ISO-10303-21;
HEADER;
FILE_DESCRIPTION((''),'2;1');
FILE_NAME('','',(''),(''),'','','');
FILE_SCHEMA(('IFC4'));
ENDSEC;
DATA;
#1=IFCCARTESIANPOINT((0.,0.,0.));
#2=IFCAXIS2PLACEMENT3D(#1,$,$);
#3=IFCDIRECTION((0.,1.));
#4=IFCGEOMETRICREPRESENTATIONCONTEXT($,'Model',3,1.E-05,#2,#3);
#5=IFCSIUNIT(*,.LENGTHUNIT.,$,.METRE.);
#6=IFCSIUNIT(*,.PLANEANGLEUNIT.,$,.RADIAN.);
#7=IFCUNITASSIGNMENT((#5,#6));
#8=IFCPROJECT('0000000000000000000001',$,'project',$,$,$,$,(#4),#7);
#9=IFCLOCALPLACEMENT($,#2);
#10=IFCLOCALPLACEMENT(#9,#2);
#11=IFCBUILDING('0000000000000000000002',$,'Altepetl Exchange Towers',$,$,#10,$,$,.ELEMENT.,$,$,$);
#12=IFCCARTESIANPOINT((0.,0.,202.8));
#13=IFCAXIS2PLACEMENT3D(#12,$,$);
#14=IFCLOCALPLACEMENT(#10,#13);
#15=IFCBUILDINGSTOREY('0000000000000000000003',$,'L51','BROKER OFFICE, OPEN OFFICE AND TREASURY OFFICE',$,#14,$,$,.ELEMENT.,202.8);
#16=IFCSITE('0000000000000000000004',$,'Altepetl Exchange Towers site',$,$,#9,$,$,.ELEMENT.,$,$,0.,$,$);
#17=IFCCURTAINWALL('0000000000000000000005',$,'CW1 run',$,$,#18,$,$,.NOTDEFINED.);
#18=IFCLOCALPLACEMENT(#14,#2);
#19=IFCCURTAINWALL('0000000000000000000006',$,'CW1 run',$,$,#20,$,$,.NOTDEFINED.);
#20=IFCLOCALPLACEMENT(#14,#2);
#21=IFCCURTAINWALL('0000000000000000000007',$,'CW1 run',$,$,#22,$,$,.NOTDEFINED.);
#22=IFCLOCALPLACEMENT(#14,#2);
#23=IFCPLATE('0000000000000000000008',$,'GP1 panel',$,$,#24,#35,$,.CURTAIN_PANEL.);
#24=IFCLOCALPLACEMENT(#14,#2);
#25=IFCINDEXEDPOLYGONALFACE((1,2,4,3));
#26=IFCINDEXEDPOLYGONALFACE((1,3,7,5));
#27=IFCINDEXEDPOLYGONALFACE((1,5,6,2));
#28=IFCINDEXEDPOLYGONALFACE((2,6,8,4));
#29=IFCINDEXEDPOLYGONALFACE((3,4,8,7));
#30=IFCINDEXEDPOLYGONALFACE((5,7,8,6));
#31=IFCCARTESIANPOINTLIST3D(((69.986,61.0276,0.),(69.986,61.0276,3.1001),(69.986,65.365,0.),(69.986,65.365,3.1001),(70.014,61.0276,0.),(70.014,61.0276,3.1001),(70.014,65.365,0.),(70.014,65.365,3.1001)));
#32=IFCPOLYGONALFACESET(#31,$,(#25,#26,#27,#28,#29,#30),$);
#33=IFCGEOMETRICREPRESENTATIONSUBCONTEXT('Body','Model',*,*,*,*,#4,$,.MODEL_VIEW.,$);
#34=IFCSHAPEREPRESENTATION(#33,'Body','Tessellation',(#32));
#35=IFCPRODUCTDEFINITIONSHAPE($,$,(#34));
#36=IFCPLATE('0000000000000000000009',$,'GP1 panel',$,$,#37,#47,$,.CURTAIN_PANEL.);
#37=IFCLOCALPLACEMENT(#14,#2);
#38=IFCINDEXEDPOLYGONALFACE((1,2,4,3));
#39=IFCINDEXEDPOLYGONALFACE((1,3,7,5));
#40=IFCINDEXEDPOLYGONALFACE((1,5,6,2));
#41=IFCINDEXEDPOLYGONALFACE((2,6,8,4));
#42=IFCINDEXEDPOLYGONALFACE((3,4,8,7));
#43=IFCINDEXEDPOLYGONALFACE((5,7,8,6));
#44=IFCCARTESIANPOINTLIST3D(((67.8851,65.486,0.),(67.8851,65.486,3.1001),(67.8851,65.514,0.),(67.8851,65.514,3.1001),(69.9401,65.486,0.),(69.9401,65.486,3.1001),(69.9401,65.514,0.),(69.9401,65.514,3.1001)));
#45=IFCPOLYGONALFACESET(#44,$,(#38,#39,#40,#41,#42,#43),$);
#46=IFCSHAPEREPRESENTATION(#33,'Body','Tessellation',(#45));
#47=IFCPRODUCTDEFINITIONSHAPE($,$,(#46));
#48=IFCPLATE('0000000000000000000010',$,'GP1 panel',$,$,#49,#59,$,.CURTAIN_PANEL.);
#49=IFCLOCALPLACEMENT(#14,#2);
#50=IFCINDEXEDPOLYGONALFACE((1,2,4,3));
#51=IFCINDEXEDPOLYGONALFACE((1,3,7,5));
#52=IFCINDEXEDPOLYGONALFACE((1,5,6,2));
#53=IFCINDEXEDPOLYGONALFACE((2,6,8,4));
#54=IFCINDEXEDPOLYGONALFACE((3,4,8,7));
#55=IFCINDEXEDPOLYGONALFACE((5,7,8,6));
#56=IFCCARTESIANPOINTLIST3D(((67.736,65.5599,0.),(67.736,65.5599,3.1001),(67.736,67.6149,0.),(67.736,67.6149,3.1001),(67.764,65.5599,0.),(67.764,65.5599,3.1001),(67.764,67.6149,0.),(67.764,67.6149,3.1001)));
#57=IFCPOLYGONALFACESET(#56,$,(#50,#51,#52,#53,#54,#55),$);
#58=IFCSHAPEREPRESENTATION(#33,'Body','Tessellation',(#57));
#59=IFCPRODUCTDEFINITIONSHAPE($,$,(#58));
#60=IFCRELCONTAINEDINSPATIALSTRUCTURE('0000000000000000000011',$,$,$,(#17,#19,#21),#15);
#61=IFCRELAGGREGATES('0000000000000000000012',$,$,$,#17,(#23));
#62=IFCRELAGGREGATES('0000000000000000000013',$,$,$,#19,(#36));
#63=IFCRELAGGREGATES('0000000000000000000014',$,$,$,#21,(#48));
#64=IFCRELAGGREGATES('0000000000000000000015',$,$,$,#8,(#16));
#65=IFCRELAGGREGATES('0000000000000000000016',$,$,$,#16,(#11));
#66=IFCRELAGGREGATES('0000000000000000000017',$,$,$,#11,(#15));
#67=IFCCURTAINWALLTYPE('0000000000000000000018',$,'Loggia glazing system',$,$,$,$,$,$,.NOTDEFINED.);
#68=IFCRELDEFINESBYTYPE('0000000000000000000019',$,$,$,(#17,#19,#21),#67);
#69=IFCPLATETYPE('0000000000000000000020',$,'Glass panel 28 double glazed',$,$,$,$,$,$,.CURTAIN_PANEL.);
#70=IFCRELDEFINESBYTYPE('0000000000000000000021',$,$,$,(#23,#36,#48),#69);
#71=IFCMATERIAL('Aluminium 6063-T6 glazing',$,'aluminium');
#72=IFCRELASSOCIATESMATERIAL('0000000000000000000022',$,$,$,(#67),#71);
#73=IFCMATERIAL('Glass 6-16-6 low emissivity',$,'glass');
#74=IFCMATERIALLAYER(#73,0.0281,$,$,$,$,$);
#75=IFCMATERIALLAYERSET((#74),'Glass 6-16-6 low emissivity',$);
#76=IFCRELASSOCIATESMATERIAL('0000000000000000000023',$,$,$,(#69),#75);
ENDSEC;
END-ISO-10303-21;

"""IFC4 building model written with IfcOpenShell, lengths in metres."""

from ifc_helpers import new_model, si_unit, direction, frame, origin, origin_2d, place, context, subcontext, project, spatial, rectangle, extrude, material, layer, layer_set, type_object, element, aggregate, save


model = new_model("IFC4")

# Units and contexts
model_context = context("Model", 3, precision=1e-05, world=origin(), true_north=direction((0.0, 1.0)))
body_context = subcontext(model_context, "Body", "Model", "MODEL_VIEW")
ifc_project = project(units=[si_unit("LENGTHUNIT", "METRE"), si_unit("PLANEANGLEUNIT", "RADIAN")], contexts=[model_context])

# Site, building, storey
site_placement = place(None, origin())
site = spatial("IfcSite", under=ifc_project, at=site_placement, Name="Altepetl Exchange Towers site", CompositionType="ELEMENT", RefElevation=0.0)
building_placement = place(site_placement, origin())
building = spatial("IfcBuilding", under=site, at=building_placement, Name="Altepetl Exchange Towers", CompositionType="ELEMENT")
storey_placement = place(building_placement, frame((0.0, 0.0, 202.8)))
storey = spatial("IfcBuildingStorey", under=building, at=storey_placement, Name="L51", Description="BROKER OFFICE, OPEN OFFICE AND TREASURY OFFICE", CompositionType="ELEMENT", Elevation=202.8)

# Curtain walls
ifc_material_1 = material(Name="Aluminium 6063-T6 glazing", Category="aluminium")
curtain_wall_type = type_object("IfcCurtainWallType", Name="Loggia glazing system", PredefinedType="NOTDEFINED", material=ifc_material_1)
curtain_wall_1_placement = place(storey_placement, origin())
curtain_wall_1 = element("IfcCurtainWall", 1, at=curtain_wall_1_placement, inside=storey, type_object=curtain_wall_type, Name="CW1 run", PredefinedType="NOTDEFINED")
curtain_wall_2_placement = place(storey_placement, origin())
curtain_wall_2 = element("IfcCurtainWall", 2, at=curtain_wall_2_placement, inside=storey, type_object=curtain_wall_type, Name="CW1 run", PredefinedType="NOTDEFINED")
curtain_wall_3_placement = place(storey_placement, origin())
curtain_wall_3 = element("IfcCurtainWall", 3, at=curtain_wall_3_placement, inside=storey, type_object=curtain_wall_type, Name="CW1 run", PredefinedType="NOTDEFINED")

# Plates
ifc_material_2 = material(Name="Glass 6-16-6 low emissivity", Category="glass")
ifc_layer = layer(ifc_material_2, 0.0281)
ifc_layer_set = layer_set([ifc_layer], Name="Glass 6-16-6 low emissivity")
plate_type = type_object("IfcPlateType", Name="Glass panel 28 double glazed", PredefinedType="CURTAIN_PANEL", material=ifc_layer_set)
plate_1_placement = place(storey_placement, frame((70.0, 63.1963, 0.0), z_axis=(0.0, 0.0, 1.0), x_axis=(0.0, 1.0, 0.0)))
plate_1 = element("IfcPlate", 4, at=plate_1_placement, type_object=plate_type, Name="GP1 panel", PredefinedType="CURTAIN_PANEL", context=body_context, shape_type="SweptSolid", body=[
    extrude(rectangle(XDim=4.3374, YDim=0.0281, at=origin_2d()), origin(), (0.0, 0.0, 1.0), 3.1001),
])
aggregate(curtain_wall_1, [plate_1])
plate_2_placement = place(storey_placement, frame((68.9126, 65.5, 0.0), z_axis=(0.0, 0.0, 1.0), x_axis=(-1.0, 0.0, 0.0)))
plate_2 = element("IfcPlate", 5, at=plate_2_placement, type_object=plate_type, Name="GP1 panel", PredefinedType="CURTAIN_PANEL", context=body_context, shape_type="SweptSolid", body=[
    extrude(rectangle(XDim=2.0549, YDim=0.0281, at=origin_2d()), origin(), (0.0, 0.0, 1.0), 3.1001),
])
aggregate(curtain_wall_2, [plate_2])
plate_3_placement = place(storey_placement, frame((67.75, 66.5874, 0.0), z_axis=(0.0, 0.0, 1.0), x_axis=(0.0, 1.0, 0.0)))
plate_3 = element("IfcPlate", 6, at=plate_3_placement, type_object=plate_type, Name="GP1 panel", PredefinedType="CURTAIN_PANEL", context=body_context, shape_type="SweptSolid", body=[
    extrude(rectangle(XDim=2.0549, YDim=0.0281, at=origin_2d()), origin(), (0.0, 0.0, 1.0), 3.1001),
])
aggregate(curtain_wall_3, [plate_3])

save(model, "model.ifc")
